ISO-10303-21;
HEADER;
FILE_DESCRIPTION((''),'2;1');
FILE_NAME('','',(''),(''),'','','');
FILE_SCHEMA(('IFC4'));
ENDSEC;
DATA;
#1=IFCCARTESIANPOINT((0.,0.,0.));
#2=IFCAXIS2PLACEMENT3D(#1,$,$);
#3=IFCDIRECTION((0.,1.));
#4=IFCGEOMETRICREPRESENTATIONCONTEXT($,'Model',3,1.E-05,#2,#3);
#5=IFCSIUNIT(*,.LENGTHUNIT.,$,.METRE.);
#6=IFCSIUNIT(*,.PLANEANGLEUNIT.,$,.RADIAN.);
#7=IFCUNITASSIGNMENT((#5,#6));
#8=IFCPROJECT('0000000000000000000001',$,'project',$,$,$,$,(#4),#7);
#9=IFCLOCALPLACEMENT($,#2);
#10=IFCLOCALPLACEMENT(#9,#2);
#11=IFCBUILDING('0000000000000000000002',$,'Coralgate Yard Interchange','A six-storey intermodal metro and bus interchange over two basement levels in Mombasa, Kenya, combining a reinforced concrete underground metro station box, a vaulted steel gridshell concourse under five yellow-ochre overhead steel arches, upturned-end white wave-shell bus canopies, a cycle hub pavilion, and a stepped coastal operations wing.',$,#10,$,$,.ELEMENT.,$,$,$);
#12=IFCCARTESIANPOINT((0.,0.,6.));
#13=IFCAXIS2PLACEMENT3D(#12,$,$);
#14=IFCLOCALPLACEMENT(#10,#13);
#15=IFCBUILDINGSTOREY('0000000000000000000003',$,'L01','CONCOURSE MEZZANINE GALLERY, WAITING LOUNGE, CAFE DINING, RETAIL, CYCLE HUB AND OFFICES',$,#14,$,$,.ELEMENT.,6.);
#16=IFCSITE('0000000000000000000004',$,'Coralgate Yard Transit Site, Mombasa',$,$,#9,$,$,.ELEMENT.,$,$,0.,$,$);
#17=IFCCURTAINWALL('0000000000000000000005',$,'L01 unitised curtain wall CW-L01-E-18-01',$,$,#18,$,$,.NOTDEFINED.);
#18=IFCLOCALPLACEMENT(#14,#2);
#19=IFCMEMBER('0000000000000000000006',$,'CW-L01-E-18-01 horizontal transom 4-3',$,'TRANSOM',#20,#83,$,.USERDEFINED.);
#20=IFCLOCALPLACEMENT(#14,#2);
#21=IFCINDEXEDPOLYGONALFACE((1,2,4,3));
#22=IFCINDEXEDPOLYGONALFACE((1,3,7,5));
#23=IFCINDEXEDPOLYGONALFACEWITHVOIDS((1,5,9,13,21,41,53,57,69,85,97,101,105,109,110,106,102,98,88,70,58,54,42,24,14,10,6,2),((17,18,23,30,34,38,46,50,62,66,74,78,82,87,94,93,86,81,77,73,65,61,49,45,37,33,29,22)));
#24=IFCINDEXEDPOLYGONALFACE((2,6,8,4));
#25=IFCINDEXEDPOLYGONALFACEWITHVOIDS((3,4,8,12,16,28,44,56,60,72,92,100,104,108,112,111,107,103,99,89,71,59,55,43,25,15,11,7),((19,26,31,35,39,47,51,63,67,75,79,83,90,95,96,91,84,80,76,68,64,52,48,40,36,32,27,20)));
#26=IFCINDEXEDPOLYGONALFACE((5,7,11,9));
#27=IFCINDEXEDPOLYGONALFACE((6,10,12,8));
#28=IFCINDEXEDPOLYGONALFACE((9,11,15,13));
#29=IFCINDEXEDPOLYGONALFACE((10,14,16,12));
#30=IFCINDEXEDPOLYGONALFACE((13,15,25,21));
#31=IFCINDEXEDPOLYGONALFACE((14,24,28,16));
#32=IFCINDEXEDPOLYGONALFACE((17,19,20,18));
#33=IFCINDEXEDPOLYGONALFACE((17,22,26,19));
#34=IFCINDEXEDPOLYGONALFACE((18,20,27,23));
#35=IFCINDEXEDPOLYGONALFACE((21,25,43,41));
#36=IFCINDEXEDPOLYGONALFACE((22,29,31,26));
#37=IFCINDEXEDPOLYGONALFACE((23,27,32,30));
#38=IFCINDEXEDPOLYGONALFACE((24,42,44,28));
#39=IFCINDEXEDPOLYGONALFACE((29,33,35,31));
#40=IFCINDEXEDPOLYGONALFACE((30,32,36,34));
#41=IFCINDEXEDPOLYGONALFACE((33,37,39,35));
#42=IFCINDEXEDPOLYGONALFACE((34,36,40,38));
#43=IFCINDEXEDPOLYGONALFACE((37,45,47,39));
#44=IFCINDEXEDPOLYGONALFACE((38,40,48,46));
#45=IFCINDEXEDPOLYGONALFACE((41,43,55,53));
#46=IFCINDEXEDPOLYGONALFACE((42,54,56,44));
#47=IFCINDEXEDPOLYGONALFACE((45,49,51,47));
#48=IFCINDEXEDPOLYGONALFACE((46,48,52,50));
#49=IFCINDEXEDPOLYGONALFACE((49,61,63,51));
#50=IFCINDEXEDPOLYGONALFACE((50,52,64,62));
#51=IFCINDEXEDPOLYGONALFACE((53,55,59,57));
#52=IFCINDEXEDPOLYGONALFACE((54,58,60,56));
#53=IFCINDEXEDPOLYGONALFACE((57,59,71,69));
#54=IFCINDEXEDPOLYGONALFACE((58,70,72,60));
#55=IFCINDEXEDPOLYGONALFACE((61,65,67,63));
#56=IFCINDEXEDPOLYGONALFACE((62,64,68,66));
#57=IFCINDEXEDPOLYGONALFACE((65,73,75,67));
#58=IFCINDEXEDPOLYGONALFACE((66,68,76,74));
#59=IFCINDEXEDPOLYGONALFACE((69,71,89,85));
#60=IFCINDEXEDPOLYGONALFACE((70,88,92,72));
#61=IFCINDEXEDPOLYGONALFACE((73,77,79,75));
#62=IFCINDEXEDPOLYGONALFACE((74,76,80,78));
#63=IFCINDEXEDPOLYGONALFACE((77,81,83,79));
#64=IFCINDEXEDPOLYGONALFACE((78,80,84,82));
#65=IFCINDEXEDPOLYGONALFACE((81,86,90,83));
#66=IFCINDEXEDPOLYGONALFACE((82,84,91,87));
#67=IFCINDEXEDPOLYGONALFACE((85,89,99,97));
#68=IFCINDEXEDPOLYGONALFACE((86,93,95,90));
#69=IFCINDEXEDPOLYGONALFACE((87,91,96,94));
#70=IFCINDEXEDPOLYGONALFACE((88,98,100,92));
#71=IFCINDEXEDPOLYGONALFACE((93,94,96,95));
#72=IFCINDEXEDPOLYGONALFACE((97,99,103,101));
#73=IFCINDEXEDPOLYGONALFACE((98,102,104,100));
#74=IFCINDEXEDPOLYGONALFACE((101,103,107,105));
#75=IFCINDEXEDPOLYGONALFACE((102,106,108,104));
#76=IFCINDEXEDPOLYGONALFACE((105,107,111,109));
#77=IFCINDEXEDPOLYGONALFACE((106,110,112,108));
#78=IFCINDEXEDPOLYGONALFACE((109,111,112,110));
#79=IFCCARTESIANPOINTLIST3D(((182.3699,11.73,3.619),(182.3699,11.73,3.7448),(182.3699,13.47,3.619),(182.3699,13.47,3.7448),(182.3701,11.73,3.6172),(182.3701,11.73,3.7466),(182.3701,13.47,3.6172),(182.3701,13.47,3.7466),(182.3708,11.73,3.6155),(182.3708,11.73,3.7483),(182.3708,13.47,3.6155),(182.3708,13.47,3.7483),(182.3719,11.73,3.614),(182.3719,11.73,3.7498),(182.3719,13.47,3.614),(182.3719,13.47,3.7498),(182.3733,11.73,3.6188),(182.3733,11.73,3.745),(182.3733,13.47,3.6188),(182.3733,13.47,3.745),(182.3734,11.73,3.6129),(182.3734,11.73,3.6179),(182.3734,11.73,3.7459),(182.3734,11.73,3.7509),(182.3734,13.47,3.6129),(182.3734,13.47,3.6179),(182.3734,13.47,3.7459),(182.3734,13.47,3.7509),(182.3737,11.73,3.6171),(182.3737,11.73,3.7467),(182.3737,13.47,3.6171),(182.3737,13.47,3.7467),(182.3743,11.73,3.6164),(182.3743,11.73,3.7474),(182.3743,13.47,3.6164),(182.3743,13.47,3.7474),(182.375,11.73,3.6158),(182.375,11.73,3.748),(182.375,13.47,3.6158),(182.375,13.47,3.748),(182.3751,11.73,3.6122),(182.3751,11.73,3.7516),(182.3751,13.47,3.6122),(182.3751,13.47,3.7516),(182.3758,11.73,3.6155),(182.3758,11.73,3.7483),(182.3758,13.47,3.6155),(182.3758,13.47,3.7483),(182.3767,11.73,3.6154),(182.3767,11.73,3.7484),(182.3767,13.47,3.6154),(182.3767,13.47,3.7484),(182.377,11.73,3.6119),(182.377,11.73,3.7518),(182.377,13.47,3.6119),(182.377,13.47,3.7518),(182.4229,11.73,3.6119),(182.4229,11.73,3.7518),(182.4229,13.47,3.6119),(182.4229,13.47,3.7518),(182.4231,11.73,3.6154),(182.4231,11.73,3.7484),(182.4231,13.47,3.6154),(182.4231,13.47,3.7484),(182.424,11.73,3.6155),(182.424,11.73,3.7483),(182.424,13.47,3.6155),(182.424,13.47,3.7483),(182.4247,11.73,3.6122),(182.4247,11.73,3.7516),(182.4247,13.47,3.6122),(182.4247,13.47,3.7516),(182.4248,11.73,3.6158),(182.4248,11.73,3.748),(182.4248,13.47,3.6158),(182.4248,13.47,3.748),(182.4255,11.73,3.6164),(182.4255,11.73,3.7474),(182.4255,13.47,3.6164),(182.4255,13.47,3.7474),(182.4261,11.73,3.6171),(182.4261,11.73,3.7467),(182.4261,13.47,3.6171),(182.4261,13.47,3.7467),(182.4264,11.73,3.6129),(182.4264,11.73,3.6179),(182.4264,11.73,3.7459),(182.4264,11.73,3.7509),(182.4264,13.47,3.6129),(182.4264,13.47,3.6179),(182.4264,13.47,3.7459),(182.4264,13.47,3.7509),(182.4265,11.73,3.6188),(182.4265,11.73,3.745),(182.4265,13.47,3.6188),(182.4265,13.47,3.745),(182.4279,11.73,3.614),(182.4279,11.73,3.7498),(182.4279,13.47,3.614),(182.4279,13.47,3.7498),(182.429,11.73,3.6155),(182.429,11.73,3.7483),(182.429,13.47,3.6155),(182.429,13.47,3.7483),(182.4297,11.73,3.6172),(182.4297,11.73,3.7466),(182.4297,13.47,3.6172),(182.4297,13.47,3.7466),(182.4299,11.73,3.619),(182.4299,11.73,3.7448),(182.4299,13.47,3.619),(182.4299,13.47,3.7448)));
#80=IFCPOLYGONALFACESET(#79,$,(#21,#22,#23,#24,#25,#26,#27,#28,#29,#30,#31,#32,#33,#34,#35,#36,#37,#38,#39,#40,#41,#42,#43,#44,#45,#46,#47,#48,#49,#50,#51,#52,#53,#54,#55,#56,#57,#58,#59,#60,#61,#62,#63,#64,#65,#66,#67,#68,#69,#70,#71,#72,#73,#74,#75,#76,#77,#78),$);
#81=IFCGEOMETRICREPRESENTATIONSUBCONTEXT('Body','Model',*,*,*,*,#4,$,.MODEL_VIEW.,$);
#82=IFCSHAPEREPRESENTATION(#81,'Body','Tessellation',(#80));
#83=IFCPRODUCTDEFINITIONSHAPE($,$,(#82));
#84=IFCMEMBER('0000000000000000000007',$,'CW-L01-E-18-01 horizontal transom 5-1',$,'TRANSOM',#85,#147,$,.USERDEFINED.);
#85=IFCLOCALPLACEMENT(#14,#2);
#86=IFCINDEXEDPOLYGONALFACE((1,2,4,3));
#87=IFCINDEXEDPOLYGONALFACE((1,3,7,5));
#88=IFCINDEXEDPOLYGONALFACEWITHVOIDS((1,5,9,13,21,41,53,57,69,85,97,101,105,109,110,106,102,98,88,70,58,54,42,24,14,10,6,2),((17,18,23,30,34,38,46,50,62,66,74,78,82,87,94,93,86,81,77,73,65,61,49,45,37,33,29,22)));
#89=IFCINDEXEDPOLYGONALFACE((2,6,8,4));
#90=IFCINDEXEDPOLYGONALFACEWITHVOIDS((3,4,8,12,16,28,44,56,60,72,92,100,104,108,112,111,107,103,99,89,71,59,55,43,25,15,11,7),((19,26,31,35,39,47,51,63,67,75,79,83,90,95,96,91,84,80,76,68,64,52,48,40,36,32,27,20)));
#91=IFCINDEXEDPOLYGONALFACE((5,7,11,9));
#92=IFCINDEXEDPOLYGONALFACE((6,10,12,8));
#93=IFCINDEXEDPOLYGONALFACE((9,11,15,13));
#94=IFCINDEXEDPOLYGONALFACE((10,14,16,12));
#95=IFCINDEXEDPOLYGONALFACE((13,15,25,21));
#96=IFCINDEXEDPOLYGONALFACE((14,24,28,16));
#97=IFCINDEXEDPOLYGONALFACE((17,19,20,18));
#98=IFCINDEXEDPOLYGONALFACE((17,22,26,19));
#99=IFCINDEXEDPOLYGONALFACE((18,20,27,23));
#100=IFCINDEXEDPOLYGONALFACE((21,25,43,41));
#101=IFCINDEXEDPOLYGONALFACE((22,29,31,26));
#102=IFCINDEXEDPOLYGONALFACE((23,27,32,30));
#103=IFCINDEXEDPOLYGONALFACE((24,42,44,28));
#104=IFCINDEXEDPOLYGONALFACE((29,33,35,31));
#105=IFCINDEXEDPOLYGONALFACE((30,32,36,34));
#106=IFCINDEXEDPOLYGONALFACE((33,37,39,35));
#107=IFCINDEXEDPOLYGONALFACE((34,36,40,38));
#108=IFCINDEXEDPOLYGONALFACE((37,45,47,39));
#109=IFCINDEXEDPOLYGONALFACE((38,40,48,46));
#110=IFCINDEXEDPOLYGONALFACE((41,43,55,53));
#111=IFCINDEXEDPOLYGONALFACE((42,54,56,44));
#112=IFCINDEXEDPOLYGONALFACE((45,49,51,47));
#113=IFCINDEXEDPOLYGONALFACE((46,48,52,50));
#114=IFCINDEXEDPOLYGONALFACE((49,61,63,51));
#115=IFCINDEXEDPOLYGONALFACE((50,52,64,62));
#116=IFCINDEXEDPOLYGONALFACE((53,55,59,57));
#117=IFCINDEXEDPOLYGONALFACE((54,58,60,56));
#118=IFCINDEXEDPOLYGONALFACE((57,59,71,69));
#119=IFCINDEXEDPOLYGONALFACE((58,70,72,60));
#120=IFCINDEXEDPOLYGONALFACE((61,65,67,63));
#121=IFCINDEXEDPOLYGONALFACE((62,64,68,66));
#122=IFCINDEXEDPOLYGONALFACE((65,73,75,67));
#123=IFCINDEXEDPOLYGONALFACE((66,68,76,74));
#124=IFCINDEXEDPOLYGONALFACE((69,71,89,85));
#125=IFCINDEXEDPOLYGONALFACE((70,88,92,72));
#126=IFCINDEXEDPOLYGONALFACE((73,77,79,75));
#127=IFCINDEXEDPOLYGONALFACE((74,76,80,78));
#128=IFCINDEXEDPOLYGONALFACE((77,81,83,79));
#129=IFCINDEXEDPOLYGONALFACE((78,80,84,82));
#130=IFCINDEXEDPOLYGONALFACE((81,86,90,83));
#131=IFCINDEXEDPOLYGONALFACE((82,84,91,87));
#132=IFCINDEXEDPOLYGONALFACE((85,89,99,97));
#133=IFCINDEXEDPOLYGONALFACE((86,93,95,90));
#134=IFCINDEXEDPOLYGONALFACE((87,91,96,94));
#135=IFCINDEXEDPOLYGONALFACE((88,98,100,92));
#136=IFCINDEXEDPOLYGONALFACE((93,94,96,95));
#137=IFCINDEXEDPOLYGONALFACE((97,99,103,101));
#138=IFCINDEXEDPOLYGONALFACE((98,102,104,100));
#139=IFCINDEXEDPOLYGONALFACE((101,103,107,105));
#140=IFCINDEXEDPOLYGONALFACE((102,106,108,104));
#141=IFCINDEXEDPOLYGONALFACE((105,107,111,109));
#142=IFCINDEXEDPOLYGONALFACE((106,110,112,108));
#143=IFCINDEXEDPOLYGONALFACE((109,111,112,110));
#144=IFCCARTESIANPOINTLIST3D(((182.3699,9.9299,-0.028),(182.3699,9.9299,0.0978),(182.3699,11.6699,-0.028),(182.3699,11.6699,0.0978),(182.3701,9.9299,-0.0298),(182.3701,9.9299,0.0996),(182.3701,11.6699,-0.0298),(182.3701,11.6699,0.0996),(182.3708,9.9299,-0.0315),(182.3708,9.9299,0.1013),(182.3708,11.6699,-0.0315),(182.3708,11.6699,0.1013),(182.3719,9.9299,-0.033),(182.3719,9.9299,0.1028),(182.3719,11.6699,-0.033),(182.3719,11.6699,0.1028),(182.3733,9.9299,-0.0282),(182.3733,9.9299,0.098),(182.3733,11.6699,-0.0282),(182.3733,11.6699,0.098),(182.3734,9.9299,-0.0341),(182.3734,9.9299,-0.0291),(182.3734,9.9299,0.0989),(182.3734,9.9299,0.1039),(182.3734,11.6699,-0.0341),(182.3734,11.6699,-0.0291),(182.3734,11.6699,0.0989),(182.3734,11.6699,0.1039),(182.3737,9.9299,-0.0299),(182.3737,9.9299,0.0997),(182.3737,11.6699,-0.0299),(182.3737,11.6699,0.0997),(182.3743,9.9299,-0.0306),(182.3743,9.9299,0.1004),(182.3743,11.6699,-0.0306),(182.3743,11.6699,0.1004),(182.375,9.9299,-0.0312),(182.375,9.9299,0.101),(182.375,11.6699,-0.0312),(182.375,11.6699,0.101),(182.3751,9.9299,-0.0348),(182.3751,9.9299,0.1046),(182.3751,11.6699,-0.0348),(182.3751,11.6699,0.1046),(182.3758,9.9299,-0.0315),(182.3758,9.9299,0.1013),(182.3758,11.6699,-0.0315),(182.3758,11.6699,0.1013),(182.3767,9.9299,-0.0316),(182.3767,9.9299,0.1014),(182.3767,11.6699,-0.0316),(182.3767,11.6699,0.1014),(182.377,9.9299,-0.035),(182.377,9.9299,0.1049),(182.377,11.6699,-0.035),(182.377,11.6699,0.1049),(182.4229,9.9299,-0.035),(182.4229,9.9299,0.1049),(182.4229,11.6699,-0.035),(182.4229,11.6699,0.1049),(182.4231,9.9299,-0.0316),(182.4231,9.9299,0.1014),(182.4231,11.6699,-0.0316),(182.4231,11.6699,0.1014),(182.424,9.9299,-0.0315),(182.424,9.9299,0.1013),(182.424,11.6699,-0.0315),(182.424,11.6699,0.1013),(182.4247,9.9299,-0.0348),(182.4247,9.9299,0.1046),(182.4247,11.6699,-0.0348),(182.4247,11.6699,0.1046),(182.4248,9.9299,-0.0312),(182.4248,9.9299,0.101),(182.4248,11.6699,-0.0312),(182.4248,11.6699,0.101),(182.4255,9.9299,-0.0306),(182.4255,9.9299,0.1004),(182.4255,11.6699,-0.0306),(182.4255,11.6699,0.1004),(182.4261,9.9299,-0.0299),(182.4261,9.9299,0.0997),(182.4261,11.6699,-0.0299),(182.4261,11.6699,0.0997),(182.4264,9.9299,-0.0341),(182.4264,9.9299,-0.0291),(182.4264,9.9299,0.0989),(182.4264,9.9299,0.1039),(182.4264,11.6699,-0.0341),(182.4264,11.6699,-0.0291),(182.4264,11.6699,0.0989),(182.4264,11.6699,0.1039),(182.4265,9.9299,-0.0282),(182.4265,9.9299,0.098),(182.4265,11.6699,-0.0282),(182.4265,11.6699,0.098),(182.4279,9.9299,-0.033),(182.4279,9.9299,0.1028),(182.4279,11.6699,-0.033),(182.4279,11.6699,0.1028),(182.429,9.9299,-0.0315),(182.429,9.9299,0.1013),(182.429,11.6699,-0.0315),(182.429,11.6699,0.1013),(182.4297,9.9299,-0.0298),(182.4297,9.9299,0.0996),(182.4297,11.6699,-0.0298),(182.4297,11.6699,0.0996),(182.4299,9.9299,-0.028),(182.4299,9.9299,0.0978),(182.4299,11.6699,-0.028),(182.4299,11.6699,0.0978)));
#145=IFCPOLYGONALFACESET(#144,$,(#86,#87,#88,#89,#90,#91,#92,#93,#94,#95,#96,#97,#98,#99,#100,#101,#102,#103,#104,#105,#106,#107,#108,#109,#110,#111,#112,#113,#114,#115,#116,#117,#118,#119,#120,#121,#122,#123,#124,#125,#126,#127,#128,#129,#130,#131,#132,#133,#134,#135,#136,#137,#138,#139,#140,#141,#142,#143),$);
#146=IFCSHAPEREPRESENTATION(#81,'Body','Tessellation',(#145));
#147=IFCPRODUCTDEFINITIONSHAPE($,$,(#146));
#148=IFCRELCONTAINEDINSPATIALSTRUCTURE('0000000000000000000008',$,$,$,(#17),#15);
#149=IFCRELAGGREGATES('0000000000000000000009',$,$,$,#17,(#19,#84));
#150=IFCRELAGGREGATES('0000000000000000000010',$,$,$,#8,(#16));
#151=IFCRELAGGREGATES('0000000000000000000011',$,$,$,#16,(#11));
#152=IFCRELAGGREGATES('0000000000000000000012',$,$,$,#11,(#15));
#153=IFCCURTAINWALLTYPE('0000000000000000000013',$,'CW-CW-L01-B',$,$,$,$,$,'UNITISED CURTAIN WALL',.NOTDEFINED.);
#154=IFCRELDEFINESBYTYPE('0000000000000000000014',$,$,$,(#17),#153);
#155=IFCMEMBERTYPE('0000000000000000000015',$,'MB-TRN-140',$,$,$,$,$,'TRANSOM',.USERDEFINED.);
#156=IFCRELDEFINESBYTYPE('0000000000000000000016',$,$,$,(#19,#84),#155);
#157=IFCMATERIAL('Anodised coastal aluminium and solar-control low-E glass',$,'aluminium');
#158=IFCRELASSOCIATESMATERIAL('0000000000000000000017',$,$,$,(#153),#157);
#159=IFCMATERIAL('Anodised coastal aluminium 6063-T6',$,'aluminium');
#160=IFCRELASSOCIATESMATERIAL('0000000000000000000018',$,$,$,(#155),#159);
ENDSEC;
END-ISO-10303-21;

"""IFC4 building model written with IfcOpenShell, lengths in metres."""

from ifc_helpers import new_model, si_unit, direction, frame, origin, origin_2d, place, context, subcontext, project, spatial, hollow_rectangle, extrude, material, material_profile, profile_set, type_object, element, aggregate, save


model = new_model("IFC4")

# Units and contexts
model_context = context("Model", 3, precision=1e-05, world=origin(), true_north=direction((0.0, 1.0)))
body_context = subcontext(model_context, "Body", "Model", "MODEL_VIEW")
ifc_project = project(units=[si_unit("LENGTHUNIT", "METRE"), si_unit("PLANEANGLEUNIT", "RADIAN")], contexts=[model_context])

# Site, building, storey
site_placement = place(None, origin())
site = spatial("IfcSite", under=ifc_project, at=site_placement, Name="Coralgate Yard Transit Site, Mombasa", CompositionType="ELEMENT", RefElevation=0.0)
building_placement = place(site_placement, origin())
building = spatial("IfcBuilding", under=site, at=building_placement, Name="Coralgate Yard Interchange", Description="A six-storey intermodal metro and bus interchange over two basement levels in Mombasa, Kenya, combining a reinforced concrete underground metro station box, a vaulted steel gridshell concourse under five yellow-ochre overhead steel arches, upturned-end white wave-shell bus canopies, a cycle hub pavilion, and a stepped coastal operations wing.", CompositionType="ELEMENT")
storey_placement = place(building_placement, frame((0.0, 0.0, 6.0)))
storey = spatial("IfcBuildingStorey", under=building, at=storey_placement, Name="L01", Description="CONCOURSE MEZZANINE GALLERY, WAITING LOUNGE, CAFE DINING, RETAIL, CYCLE HUB AND OFFICES", CompositionType="ELEMENT", Elevation=6.0)

# Curtain wall, members
ifc_material_1 = material(Name="Anodised coastal aluminium and solar-control low-E glass", Category="aluminium")
curtain_wall_type = type_object("IfcCurtainWallType", Name="CW-CW-L01-B", ElementType="UNITISED CURTAIN WALL", PredefinedType="NOTDEFINED", material=ifc_material_1)
curtain_wall_placement = place(storey_placement, origin())
curtain_wall = element("IfcCurtainWall", 1, at=curtain_wall_placement, inside=storey, type_object=curtain_wall_type, Name="L01 unitised curtain wall CW-L01-E-18-01", PredefinedType="NOTDEFINED")
ifc_material_2 = material(Name="Anodised coastal aluminium 6063-T6", Category="aluminium")
ifc_material_profile_1 = material_profile(ifc_material_2, hollow_rectangle(XDim=0.0601, YDim=0.1399, WallThickness=0.0034, InnerFilletRadius=0.0034, OuterFilletRadius=0.0071, at=origin_2d()), Name="ALU 60x140x3.5")
ifc_profile_set_1 = profile_set([ifc_material_profile_1], Name="Anodised coastal aluminium 6063-T6")
member_type_1 = type_object("IfcMemberType", Name="MB-TRN-140", ElementType="TRANSOM", PredefinedType="USERDEFINED", material=ifc_profile_set_1)
member_1_placement = place(storey_placement, frame((182.3999, 13.47, 3.6819), z_axis=(0.0, -1.0, 0.0), x_axis=(1.0, 0.0, 0.0)))
member_1 = element("IfcMember", 2, at=member_1_placement, type_object=member_type_1, Name="CW-L01-E-18-01 horizontal transom 4-3", ObjectType="TRANSOM", PredefinedType="USERDEFINED", context=body_context, shape_type="SweptSolid", body=[
    extrude(hollow_rectangle(XDim=0.0601, YDim=0.1399, WallThickness=0.0034, InnerFilletRadius=0.0034, OuterFilletRadius=0.0071, at=origin_2d()), origin(), (0.0, 0.0, 1.0), 1.74),
])
member_2_placement = place(storey_placement, frame((182.3999, 11.6699, 0.0349), z_axis=(0.0, -1.0, 0.0), x_axis=(1.0, 0.0, 0.0)))
member_2 = element("IfcMember", 3, at=member_2_placement, type_object=member_type_1, Name="CW-L01-E-18-01 horizontal transom 5-1", ObjectType="TRANSOM", PredefinedType="USERDEFINED", context=body_context, shape_type="SweptSolid", body=[
    extrude(hollow_rectangle(XDim=0.0601, YDim=0.1399, WallThickness=0.0034, InnerFilletRadius=0.0034, OuterFilletRadius=0.0071, at=origin_2d()), origin(), (0.0, 0.0, 1.0), 1.74),
])
aggregate(curtain_wall, [member_1, member_2])

save(model, "model.ifc")
